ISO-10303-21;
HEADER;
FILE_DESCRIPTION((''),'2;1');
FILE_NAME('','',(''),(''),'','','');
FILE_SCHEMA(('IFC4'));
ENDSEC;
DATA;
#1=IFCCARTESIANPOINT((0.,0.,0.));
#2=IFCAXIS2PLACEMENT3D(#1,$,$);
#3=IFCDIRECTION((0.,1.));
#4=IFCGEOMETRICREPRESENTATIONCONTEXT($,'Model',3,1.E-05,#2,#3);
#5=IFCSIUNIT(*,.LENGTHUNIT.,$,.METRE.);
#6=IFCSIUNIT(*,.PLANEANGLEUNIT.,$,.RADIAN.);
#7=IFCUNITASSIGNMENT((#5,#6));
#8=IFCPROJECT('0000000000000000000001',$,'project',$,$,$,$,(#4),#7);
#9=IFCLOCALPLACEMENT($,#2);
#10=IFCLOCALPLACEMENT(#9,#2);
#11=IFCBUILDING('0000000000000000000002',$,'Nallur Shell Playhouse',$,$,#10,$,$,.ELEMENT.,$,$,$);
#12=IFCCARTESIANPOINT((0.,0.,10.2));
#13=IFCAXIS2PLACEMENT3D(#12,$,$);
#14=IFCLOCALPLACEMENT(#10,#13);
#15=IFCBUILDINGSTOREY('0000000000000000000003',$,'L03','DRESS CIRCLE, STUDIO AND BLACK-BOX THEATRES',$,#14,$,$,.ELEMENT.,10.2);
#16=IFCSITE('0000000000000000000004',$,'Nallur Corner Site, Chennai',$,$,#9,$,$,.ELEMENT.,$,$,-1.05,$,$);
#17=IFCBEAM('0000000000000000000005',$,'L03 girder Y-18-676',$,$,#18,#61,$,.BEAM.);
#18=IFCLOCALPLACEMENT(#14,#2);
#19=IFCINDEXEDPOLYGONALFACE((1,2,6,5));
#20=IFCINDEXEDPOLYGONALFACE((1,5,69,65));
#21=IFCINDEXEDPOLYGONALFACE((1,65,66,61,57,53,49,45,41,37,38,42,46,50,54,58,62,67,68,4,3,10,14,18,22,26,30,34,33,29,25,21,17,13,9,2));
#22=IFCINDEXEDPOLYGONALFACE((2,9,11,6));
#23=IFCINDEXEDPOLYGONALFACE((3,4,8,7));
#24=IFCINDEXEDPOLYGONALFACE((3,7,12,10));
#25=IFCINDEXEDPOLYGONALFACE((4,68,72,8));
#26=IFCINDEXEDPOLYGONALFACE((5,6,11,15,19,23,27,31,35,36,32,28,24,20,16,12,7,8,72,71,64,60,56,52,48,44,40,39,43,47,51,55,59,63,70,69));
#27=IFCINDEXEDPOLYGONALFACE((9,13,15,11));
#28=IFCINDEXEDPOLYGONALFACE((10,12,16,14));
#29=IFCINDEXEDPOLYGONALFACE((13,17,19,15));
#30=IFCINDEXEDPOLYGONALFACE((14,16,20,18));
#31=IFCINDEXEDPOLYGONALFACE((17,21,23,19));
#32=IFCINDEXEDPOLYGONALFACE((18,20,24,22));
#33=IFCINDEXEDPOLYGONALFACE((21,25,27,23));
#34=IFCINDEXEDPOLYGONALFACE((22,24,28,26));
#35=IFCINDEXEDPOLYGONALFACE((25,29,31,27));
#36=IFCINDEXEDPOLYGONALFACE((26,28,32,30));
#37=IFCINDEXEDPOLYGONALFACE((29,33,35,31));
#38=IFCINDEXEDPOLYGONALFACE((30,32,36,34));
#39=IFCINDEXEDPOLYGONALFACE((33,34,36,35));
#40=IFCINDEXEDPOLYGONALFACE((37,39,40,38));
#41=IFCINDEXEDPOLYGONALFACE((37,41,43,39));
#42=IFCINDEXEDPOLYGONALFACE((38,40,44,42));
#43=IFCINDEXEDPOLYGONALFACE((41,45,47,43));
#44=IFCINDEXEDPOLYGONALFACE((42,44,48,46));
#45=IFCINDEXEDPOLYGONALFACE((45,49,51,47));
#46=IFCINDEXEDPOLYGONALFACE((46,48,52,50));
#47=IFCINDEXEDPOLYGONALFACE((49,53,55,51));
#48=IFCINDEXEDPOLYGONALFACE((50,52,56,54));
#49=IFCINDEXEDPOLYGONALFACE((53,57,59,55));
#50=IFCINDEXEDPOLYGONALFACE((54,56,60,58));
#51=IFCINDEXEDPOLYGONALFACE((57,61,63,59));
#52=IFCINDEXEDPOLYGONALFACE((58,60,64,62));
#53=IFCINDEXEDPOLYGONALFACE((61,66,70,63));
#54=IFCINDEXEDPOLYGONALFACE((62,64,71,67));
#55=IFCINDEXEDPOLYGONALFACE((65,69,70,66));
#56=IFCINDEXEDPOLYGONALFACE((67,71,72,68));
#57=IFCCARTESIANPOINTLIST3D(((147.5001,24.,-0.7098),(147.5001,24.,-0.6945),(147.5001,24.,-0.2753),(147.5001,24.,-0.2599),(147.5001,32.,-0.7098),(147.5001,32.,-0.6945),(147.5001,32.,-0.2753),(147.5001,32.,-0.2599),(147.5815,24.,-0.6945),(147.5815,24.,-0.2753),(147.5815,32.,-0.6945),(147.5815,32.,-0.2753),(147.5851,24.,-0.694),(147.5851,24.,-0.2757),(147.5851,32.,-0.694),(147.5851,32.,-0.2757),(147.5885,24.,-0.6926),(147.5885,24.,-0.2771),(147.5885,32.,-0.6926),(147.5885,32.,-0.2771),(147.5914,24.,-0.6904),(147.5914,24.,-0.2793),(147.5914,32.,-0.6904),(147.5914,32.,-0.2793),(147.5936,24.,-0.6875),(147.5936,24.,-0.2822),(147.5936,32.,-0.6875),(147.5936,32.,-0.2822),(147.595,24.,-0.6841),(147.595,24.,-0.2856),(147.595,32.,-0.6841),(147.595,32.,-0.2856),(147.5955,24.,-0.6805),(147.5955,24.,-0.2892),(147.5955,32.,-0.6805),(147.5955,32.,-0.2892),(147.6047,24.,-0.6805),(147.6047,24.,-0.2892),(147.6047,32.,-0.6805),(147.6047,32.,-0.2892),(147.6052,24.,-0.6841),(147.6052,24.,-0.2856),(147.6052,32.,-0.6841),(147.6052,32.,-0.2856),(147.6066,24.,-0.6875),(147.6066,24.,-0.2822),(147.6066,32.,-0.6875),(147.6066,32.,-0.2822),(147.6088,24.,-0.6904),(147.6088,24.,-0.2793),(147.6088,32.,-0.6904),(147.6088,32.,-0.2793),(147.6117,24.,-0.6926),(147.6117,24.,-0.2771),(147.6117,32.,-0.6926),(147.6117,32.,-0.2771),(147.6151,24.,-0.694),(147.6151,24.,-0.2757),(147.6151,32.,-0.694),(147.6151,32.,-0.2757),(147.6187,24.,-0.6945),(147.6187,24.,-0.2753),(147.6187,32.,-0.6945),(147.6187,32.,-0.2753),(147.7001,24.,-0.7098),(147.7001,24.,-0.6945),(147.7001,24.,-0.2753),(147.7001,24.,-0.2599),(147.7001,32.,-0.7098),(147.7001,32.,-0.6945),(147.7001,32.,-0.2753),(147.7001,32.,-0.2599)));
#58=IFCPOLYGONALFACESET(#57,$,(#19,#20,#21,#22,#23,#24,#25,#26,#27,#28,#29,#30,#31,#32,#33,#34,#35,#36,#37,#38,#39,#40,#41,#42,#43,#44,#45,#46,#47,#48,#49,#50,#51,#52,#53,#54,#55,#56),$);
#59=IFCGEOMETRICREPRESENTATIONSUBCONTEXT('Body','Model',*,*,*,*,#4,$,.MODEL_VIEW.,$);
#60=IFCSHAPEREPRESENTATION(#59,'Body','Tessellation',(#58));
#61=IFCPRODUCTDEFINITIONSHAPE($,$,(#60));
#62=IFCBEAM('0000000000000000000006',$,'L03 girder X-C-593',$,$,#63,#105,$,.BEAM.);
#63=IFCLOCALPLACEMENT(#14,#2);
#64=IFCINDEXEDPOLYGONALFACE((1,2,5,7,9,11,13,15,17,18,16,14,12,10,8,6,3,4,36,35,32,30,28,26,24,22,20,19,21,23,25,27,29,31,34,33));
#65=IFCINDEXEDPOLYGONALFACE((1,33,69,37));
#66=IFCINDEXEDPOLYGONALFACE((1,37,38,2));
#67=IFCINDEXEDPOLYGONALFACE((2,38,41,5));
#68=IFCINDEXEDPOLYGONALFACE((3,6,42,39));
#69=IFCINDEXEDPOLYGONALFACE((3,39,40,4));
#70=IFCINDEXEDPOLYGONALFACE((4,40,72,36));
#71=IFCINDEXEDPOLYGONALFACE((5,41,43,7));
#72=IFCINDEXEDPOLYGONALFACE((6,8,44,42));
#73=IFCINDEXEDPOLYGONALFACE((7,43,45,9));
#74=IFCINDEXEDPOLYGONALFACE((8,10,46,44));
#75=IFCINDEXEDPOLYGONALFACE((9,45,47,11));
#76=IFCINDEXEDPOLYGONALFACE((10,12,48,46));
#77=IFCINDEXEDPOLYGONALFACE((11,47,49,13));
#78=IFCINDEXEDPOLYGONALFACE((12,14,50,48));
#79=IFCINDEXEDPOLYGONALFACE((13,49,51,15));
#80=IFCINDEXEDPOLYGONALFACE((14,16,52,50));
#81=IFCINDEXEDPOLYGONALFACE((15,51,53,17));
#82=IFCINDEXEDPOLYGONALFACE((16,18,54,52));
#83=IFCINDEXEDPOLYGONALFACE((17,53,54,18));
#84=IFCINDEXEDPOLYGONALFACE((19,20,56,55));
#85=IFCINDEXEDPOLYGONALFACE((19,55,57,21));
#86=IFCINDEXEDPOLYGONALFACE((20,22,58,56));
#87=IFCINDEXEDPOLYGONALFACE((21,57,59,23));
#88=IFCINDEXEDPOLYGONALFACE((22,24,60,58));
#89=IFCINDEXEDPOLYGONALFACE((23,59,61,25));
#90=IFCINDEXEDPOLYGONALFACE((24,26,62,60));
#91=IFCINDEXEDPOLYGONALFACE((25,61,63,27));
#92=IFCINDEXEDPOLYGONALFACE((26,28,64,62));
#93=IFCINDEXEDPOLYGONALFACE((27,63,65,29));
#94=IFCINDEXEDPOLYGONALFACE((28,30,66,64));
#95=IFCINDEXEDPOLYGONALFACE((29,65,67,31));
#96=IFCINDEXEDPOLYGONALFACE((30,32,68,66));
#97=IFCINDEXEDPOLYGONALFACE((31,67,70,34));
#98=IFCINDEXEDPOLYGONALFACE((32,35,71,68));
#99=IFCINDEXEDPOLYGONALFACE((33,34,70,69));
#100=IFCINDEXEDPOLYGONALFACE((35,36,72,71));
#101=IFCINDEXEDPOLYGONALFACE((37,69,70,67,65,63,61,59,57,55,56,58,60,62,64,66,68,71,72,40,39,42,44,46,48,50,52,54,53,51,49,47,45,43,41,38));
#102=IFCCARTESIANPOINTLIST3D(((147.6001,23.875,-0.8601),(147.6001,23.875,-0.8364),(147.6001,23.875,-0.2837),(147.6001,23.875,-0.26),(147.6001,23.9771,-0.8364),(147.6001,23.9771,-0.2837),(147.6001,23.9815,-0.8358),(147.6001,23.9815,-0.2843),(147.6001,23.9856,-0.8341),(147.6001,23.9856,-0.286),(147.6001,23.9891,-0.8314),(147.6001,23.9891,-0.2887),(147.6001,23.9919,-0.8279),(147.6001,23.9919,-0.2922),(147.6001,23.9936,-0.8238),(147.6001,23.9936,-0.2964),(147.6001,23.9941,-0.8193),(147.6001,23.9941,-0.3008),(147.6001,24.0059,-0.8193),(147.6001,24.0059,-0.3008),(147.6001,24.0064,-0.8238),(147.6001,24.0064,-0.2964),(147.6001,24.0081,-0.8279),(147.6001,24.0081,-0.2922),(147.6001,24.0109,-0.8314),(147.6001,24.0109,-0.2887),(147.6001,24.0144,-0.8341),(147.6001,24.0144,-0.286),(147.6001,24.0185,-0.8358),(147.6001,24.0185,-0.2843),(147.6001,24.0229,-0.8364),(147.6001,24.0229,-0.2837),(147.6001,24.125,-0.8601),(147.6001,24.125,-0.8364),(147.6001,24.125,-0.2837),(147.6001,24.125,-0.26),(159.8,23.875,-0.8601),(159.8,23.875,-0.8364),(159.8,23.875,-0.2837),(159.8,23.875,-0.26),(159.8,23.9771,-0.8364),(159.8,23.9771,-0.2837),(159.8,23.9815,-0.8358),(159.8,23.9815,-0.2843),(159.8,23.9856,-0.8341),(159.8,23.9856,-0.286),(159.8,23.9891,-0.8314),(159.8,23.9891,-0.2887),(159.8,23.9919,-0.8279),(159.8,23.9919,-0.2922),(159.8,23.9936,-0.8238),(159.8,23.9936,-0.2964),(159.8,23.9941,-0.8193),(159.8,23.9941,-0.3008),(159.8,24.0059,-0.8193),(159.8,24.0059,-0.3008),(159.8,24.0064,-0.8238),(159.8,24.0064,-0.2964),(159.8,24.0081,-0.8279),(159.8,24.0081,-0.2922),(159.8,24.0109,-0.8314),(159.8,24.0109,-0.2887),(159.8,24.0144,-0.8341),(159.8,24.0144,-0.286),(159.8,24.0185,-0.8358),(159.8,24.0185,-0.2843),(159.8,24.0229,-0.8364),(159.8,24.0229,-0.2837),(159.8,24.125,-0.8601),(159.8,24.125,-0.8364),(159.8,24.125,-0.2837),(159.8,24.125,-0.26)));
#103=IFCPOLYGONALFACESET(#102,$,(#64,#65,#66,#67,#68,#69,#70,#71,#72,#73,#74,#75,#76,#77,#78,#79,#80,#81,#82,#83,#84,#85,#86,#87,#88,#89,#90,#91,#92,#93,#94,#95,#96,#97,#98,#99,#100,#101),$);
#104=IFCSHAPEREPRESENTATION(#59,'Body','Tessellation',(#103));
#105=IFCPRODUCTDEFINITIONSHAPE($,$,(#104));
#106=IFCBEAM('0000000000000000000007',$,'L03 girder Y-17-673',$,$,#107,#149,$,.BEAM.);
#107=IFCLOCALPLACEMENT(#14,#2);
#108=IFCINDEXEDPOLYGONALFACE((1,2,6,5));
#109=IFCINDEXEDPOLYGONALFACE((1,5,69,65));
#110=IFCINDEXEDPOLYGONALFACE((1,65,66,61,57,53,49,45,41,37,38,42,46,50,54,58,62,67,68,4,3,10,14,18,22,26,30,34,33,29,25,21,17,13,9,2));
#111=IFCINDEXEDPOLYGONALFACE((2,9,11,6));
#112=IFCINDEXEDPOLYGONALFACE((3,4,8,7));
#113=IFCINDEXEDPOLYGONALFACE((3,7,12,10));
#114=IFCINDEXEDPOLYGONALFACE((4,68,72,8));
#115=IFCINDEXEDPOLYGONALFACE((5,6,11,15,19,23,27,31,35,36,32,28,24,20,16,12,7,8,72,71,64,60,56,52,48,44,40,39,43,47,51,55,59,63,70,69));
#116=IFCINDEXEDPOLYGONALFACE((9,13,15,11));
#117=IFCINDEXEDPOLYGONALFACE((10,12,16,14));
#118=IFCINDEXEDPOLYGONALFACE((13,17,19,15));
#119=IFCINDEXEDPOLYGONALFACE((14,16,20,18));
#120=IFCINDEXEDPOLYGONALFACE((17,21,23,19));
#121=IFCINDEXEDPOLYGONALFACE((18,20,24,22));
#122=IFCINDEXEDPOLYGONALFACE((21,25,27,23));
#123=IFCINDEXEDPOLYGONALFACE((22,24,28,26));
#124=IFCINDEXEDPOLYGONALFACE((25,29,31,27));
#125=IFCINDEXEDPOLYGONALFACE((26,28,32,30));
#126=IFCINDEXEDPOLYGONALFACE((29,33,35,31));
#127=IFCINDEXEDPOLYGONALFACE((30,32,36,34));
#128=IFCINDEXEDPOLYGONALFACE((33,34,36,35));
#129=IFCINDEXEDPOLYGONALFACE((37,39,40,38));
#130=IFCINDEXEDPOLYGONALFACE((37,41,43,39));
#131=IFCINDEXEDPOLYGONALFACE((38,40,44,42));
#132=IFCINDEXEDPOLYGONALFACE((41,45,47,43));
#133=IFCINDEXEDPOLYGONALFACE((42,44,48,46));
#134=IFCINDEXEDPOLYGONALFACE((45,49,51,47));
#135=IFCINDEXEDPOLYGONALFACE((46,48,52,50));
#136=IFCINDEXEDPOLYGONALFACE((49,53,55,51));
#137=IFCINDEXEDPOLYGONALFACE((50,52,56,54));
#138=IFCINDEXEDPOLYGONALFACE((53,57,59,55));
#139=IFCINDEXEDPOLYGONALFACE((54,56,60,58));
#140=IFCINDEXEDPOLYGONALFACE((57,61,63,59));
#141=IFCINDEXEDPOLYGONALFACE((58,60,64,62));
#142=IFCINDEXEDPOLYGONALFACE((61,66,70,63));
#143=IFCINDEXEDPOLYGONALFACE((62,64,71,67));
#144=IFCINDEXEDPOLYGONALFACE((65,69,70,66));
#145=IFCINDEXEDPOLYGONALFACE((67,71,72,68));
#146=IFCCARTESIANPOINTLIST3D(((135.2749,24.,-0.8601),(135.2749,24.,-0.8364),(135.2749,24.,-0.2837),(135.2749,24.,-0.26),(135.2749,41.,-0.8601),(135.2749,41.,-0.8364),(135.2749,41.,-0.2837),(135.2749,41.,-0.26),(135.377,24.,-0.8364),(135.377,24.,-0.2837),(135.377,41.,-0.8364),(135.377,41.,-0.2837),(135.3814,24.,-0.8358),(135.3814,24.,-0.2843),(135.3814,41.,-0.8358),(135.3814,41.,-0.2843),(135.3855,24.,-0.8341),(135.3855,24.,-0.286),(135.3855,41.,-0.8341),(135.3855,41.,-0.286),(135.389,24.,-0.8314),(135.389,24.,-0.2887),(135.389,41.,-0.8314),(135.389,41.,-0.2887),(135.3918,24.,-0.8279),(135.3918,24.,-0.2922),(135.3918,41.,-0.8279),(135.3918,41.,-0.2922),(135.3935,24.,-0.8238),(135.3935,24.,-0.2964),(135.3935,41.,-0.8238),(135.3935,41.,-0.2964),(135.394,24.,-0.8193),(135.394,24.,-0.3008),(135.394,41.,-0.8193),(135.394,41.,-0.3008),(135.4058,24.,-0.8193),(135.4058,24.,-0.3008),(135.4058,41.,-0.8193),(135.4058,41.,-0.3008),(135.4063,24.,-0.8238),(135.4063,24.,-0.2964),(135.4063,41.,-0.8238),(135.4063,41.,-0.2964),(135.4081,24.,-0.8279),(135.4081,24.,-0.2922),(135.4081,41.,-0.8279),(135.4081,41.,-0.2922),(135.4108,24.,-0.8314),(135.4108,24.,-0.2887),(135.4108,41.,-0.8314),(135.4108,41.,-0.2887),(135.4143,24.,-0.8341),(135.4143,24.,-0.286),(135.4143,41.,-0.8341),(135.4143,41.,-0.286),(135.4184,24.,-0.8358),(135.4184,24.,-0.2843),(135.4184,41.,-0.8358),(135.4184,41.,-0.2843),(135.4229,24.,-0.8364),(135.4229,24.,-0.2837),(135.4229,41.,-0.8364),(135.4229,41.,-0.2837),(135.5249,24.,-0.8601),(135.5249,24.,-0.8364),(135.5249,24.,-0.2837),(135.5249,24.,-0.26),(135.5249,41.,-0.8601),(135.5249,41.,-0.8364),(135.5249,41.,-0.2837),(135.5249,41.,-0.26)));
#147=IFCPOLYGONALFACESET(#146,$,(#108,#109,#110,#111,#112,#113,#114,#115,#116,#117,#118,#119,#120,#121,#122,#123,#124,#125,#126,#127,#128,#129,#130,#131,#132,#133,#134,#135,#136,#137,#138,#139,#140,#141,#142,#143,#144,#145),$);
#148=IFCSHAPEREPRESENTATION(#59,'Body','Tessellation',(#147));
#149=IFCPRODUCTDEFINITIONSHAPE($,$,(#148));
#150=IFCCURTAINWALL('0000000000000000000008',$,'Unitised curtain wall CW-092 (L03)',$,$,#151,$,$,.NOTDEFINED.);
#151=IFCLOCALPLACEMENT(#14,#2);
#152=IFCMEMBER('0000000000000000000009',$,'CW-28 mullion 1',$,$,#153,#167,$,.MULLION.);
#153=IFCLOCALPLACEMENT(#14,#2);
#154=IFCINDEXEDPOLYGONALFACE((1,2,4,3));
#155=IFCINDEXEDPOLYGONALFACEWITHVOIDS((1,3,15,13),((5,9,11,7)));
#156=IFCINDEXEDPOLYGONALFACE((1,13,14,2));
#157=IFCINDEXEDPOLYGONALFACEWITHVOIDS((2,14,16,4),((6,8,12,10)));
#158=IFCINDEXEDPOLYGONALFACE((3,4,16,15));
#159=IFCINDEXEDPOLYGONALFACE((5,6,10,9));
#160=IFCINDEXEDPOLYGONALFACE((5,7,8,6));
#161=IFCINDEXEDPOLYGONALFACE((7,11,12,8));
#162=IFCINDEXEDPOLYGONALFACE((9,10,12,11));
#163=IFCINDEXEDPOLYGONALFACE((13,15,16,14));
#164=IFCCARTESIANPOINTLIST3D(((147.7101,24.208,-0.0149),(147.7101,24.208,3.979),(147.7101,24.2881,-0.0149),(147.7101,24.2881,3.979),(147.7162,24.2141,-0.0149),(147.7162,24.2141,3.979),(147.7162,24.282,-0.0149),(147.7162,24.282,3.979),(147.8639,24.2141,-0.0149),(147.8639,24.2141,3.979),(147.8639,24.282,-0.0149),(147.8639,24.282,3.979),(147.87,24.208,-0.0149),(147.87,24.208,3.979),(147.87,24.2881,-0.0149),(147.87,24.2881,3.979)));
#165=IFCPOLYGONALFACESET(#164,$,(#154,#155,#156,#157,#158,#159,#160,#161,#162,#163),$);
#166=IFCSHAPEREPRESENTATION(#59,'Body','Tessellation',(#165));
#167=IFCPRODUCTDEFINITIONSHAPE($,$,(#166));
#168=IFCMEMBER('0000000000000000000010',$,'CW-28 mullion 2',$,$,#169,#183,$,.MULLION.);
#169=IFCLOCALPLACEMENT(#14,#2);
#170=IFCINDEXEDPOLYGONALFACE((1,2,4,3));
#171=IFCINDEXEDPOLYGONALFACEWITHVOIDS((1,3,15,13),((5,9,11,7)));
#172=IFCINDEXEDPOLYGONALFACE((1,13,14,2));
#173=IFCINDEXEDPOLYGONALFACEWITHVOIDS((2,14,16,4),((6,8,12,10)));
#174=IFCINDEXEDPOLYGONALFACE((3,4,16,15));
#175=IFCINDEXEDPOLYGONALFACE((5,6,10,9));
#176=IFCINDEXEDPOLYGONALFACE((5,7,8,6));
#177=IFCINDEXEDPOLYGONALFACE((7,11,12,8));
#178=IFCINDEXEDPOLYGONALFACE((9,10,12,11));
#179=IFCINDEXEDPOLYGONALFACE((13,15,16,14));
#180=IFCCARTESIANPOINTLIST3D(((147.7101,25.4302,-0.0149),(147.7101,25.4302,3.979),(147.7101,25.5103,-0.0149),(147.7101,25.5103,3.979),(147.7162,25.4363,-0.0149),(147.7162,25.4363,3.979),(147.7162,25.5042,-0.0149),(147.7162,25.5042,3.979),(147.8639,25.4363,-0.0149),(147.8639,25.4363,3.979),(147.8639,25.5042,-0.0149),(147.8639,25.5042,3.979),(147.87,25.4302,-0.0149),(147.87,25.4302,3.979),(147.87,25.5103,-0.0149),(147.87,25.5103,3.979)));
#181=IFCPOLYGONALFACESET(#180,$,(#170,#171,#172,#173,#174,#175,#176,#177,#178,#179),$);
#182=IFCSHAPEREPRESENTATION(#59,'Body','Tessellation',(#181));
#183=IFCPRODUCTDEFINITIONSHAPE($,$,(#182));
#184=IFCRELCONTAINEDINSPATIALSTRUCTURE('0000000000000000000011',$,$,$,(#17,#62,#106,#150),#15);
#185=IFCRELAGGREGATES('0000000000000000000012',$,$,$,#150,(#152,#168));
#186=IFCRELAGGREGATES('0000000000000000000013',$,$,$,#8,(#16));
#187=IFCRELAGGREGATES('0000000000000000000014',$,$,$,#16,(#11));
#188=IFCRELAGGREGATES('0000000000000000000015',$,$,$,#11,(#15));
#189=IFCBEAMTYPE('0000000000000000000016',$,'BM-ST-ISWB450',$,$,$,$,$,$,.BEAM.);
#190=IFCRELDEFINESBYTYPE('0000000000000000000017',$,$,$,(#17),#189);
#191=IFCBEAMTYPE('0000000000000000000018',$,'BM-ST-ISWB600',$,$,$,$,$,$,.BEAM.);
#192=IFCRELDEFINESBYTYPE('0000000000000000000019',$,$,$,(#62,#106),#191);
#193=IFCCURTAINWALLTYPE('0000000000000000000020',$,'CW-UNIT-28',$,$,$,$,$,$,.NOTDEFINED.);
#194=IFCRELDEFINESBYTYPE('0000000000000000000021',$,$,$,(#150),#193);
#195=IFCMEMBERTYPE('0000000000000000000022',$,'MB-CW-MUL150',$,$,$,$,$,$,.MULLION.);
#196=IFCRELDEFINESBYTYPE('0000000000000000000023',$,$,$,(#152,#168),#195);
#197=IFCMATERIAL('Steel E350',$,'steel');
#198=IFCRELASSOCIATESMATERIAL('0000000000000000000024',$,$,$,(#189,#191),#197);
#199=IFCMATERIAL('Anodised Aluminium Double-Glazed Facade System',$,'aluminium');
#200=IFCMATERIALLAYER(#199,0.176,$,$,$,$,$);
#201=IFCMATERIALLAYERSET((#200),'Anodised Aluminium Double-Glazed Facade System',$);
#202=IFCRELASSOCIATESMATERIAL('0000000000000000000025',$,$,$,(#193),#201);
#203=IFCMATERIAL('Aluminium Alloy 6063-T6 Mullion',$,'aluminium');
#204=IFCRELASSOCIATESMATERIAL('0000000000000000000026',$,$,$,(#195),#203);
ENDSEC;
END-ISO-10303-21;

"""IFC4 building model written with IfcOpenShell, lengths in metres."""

from ifc_helpers import new_model, si_unit, direction, frame, origin, origin_2d, place, context, subcontext, project, spatial, hollow_rectangle, i_section, extrude, material, layer, layer_set, material_profile, profile_set, type_object, element, aggregate, save


model = new_model("IFC4")

# Units and contexts
model_context = context("Model", 3, precision=1e-05, world=origin(), true_north=direction((0.0, 1.0)))
body_context = subcontext(model_context, "Body", "Model", "MODEL_VIEW")
ifc_project = project(units=[si_unit("LENGTHUNIT", "METRE"), si_unit("PLANEANGLEUNIT", "RADIAN")], contexts=[model_context])

# Site, building, storey
site_placement = place(None, origin())
site = spatial("IfcSite", under=ifc_project, at=site_placement, Name="Nallur Corner Site, Chennai", CompositionType="ELEMENT", RefElevation=-1.05)
building_placement = place(site_placement, origin())
building = spatial("IfcBuilding", under=site, at=building_placement, Name="Nallur Shell Playhouse", CompositionType="ELEMENT")
storey_placement = place(building_placement, frame((0.0, 0.0, 10.2)))
storey = spatial("IfcBuildingStorey", under=building, at=storey_placement, Name="L03", Description="DRESS CIRCLE, STUDIO AND BLACK-BOX THEATRES", CompositionType="ELEMENT", Elevation=10.2)

# Shared definitions
ifc_material_1 = material(Name="Steel E350", Category="steel")

# Beams
ifc_material_profile_1 = material_profile(ifc_material_1, i_section(OverallWidth=0.2, OverallDepth=0.45, WebThickness=0.0093, FlangeThickness=0.0154, FilletRadius=0.0139, at=origin_2d()), Name="ISWB 450")
ifc_profile_set_1 = profile_set([ifc_material_profile_1], Name="Steel E350")
beam_type_1 = type_object("IfcBeamType", Name="BM-ST-ISWB450", PredefinedType="BEAM", material=ifc_profile_set_1)
beam_1_placement = place(storey_placement, frame((147.6001, 24.0, -0.4849), z_axis=(0.0, 1.0, 0.0), x_axis=(-1.0, 0.0, 0.0)))
element("IfcBeam", 1, at=beam_1_placement, inside=storey, type_object=beam_type_1, Name="L03 girder Y-18-676", PredefinedType="BEAM", context=body_context, shape_type="SweptSolid", body=[
    extrude(i_section(OverallWidth=0.2, OverallDepth=0.45, WebThickness=0.0093, FlangeThickness=0.0154, FilletRadius=0.0139, at=origin_2d()), origin(), (0.0, 0.0, 1.0), 8.0),
])
ifc_material_profile_2 = material_profile(ifc_material_1, i_section(OverallWidth=0.25, OverallDepth=0.6001, WebThickness=0.0117, FlangeThickness=0.0237, FilletRadius=0.0171, at=origin_2d()), Name="ISWB 600")
ifc_profile_set_2 = profile_set([ifc_material_profile_2], Name="Steel E350")
beam_type_2 = type_object("IfcBeamType", Name="BM-ST-ISWB600", PredefinedType="BEAM", material=ifc_profile_set_2)
beam_2_placement = place(storey_placement, frame((147.6001, 24.0, -0.5601), z_axis=(1.0, 0.0, 0.0), x_axis=(0.0, 1.0, 0.0)))
element("IfcBeam", 2, at=beam_2_placement, inside=storey, type_object=beam_type_2, Name="L03 girder X-C-593", PredefinedType="BEAM", context=body_context, shape_type="SweptSolid", body=[
    extrude(i_section(OverallWidth=0.25, OverallDepth=0.6001, WebThickness=0.0117, FlangeThickness=0.0237, FilletRadius=0.0171, at=origin_2d()), origin(), (0.0, 0.0, 1.0), 12.2),
])
beam_3_placement = place(storey_placement, frame((135.3999, 24.0, -0.5601), z_axis=(0.0, 1.0, 0.0), x_axis=(-1.0, 0.0, 0.0)))
element("IfcBeam", 3, at=beam_3_placement, inside=storey, type_object=beam_type_2, Name="L03 girder Y-17-673", PredefinedType="BEAM", context=body_context, shape_type="SweptSolid", body=[
    extrude(i_section(OverallWidth=0.25, OverallDepth=0.6001, WebThickness=0.0117, FlangeThickness=0.0237, FilletRadius=0.0171, at=origin_2d()), origin(), (0.0, 0.0, 1.0), 17.0),
])

# Curtain wall, members
ifc_material_2 = material(Name="Anodised Aluminium Double-Glazed Facade System", Category="aluminium")
ifc_layer_1 = layer(ifc_material_2, 0.176)
ifc_layer_set_1 = layer_set([ifc_layer_1], Name="Anodised Aluminium Double-Glazed Facade System")
curtain_wall_type_1 = type_object("IfcCurtainWallType", Name="CW-UNIT-28", PredefinedType="NOTDEFINED", material=ifc_layer_set_1)
curtain_wall_1_placement = place(storey_placement, origin())
curtain_wall_1 = element("IfcCurtainWall", 4, at=curtain_wall_1_placement, inside=storey, type_object=curtain_wall_type_1, Name="Unitised curtain wall CW-092 (L03)", PredefinedType="NOTDEFINED")
ifc_material_3 = material(Name="Aluminium Alloy 6063-T6 Mullion", Category="aluminium")
ifc_material_profile_3 = material_profile(ifc_material_3, hollow_rectangle(XDim=0.0801, YDim=0.1599, WallThickness=0.0061, at=origin_2d()), Name="RHS 160x80x6")
ifc_profile_set_3 = profile_set([ifc_material_profile_3], Name="Aluminium Alloy 6063-T6 Mullion")
member_type_1 = type_object("IfcMemberType", Name="MB-CW-MUL150", PredefinedType="MULLION", material=ifc_profile_set_3)
member_1_placement = place(storey_placement, frame((147.79, 24.248, -0.0149), z_axis=(0.0, 0.0, 1.0), x_axis=(0.0, 1.0, 0.0)))
member_1 = element("IfcMember", 5, at=member_1_placement, type_object=member_type_1, Name="CW-28 mullion 1", PredefinedType="MULLION", context=body_context, shape_type="SweptSolid", body=[
    extrude(hollow_rectangle(XDim=0.0801, YDim=0.1599, WallThickness=0.0061, at=origin_2d()), origin(), (0.0, 0.0, 1.0), 3.9939),
])
member_2_placement = place(storey_placement, frame((147.79, 25.4702, -0.0149), z_axis=(0.0, 0.0, 1.0), x_axis=(0.0, 1.0, 0.0)))
member_2 = element("IfcMember", 6, at=member_2_placement, type_object=member_type_1, Name="CW-28 mullion 2", PredefinedType="MULLION", context=body_context, shape_type="SweptSolid", body=[
    extrude(hollow_rectangle(XDim=0.0801, YDim=0.1599, WallThickness=0.0061, at=origin_2d()), origin(), (0.0, 0.0, 1.0), 3.9939),
])

aggregate(curtain_wall_1, [member_1, member_2])

save(model, "model.ifc")
